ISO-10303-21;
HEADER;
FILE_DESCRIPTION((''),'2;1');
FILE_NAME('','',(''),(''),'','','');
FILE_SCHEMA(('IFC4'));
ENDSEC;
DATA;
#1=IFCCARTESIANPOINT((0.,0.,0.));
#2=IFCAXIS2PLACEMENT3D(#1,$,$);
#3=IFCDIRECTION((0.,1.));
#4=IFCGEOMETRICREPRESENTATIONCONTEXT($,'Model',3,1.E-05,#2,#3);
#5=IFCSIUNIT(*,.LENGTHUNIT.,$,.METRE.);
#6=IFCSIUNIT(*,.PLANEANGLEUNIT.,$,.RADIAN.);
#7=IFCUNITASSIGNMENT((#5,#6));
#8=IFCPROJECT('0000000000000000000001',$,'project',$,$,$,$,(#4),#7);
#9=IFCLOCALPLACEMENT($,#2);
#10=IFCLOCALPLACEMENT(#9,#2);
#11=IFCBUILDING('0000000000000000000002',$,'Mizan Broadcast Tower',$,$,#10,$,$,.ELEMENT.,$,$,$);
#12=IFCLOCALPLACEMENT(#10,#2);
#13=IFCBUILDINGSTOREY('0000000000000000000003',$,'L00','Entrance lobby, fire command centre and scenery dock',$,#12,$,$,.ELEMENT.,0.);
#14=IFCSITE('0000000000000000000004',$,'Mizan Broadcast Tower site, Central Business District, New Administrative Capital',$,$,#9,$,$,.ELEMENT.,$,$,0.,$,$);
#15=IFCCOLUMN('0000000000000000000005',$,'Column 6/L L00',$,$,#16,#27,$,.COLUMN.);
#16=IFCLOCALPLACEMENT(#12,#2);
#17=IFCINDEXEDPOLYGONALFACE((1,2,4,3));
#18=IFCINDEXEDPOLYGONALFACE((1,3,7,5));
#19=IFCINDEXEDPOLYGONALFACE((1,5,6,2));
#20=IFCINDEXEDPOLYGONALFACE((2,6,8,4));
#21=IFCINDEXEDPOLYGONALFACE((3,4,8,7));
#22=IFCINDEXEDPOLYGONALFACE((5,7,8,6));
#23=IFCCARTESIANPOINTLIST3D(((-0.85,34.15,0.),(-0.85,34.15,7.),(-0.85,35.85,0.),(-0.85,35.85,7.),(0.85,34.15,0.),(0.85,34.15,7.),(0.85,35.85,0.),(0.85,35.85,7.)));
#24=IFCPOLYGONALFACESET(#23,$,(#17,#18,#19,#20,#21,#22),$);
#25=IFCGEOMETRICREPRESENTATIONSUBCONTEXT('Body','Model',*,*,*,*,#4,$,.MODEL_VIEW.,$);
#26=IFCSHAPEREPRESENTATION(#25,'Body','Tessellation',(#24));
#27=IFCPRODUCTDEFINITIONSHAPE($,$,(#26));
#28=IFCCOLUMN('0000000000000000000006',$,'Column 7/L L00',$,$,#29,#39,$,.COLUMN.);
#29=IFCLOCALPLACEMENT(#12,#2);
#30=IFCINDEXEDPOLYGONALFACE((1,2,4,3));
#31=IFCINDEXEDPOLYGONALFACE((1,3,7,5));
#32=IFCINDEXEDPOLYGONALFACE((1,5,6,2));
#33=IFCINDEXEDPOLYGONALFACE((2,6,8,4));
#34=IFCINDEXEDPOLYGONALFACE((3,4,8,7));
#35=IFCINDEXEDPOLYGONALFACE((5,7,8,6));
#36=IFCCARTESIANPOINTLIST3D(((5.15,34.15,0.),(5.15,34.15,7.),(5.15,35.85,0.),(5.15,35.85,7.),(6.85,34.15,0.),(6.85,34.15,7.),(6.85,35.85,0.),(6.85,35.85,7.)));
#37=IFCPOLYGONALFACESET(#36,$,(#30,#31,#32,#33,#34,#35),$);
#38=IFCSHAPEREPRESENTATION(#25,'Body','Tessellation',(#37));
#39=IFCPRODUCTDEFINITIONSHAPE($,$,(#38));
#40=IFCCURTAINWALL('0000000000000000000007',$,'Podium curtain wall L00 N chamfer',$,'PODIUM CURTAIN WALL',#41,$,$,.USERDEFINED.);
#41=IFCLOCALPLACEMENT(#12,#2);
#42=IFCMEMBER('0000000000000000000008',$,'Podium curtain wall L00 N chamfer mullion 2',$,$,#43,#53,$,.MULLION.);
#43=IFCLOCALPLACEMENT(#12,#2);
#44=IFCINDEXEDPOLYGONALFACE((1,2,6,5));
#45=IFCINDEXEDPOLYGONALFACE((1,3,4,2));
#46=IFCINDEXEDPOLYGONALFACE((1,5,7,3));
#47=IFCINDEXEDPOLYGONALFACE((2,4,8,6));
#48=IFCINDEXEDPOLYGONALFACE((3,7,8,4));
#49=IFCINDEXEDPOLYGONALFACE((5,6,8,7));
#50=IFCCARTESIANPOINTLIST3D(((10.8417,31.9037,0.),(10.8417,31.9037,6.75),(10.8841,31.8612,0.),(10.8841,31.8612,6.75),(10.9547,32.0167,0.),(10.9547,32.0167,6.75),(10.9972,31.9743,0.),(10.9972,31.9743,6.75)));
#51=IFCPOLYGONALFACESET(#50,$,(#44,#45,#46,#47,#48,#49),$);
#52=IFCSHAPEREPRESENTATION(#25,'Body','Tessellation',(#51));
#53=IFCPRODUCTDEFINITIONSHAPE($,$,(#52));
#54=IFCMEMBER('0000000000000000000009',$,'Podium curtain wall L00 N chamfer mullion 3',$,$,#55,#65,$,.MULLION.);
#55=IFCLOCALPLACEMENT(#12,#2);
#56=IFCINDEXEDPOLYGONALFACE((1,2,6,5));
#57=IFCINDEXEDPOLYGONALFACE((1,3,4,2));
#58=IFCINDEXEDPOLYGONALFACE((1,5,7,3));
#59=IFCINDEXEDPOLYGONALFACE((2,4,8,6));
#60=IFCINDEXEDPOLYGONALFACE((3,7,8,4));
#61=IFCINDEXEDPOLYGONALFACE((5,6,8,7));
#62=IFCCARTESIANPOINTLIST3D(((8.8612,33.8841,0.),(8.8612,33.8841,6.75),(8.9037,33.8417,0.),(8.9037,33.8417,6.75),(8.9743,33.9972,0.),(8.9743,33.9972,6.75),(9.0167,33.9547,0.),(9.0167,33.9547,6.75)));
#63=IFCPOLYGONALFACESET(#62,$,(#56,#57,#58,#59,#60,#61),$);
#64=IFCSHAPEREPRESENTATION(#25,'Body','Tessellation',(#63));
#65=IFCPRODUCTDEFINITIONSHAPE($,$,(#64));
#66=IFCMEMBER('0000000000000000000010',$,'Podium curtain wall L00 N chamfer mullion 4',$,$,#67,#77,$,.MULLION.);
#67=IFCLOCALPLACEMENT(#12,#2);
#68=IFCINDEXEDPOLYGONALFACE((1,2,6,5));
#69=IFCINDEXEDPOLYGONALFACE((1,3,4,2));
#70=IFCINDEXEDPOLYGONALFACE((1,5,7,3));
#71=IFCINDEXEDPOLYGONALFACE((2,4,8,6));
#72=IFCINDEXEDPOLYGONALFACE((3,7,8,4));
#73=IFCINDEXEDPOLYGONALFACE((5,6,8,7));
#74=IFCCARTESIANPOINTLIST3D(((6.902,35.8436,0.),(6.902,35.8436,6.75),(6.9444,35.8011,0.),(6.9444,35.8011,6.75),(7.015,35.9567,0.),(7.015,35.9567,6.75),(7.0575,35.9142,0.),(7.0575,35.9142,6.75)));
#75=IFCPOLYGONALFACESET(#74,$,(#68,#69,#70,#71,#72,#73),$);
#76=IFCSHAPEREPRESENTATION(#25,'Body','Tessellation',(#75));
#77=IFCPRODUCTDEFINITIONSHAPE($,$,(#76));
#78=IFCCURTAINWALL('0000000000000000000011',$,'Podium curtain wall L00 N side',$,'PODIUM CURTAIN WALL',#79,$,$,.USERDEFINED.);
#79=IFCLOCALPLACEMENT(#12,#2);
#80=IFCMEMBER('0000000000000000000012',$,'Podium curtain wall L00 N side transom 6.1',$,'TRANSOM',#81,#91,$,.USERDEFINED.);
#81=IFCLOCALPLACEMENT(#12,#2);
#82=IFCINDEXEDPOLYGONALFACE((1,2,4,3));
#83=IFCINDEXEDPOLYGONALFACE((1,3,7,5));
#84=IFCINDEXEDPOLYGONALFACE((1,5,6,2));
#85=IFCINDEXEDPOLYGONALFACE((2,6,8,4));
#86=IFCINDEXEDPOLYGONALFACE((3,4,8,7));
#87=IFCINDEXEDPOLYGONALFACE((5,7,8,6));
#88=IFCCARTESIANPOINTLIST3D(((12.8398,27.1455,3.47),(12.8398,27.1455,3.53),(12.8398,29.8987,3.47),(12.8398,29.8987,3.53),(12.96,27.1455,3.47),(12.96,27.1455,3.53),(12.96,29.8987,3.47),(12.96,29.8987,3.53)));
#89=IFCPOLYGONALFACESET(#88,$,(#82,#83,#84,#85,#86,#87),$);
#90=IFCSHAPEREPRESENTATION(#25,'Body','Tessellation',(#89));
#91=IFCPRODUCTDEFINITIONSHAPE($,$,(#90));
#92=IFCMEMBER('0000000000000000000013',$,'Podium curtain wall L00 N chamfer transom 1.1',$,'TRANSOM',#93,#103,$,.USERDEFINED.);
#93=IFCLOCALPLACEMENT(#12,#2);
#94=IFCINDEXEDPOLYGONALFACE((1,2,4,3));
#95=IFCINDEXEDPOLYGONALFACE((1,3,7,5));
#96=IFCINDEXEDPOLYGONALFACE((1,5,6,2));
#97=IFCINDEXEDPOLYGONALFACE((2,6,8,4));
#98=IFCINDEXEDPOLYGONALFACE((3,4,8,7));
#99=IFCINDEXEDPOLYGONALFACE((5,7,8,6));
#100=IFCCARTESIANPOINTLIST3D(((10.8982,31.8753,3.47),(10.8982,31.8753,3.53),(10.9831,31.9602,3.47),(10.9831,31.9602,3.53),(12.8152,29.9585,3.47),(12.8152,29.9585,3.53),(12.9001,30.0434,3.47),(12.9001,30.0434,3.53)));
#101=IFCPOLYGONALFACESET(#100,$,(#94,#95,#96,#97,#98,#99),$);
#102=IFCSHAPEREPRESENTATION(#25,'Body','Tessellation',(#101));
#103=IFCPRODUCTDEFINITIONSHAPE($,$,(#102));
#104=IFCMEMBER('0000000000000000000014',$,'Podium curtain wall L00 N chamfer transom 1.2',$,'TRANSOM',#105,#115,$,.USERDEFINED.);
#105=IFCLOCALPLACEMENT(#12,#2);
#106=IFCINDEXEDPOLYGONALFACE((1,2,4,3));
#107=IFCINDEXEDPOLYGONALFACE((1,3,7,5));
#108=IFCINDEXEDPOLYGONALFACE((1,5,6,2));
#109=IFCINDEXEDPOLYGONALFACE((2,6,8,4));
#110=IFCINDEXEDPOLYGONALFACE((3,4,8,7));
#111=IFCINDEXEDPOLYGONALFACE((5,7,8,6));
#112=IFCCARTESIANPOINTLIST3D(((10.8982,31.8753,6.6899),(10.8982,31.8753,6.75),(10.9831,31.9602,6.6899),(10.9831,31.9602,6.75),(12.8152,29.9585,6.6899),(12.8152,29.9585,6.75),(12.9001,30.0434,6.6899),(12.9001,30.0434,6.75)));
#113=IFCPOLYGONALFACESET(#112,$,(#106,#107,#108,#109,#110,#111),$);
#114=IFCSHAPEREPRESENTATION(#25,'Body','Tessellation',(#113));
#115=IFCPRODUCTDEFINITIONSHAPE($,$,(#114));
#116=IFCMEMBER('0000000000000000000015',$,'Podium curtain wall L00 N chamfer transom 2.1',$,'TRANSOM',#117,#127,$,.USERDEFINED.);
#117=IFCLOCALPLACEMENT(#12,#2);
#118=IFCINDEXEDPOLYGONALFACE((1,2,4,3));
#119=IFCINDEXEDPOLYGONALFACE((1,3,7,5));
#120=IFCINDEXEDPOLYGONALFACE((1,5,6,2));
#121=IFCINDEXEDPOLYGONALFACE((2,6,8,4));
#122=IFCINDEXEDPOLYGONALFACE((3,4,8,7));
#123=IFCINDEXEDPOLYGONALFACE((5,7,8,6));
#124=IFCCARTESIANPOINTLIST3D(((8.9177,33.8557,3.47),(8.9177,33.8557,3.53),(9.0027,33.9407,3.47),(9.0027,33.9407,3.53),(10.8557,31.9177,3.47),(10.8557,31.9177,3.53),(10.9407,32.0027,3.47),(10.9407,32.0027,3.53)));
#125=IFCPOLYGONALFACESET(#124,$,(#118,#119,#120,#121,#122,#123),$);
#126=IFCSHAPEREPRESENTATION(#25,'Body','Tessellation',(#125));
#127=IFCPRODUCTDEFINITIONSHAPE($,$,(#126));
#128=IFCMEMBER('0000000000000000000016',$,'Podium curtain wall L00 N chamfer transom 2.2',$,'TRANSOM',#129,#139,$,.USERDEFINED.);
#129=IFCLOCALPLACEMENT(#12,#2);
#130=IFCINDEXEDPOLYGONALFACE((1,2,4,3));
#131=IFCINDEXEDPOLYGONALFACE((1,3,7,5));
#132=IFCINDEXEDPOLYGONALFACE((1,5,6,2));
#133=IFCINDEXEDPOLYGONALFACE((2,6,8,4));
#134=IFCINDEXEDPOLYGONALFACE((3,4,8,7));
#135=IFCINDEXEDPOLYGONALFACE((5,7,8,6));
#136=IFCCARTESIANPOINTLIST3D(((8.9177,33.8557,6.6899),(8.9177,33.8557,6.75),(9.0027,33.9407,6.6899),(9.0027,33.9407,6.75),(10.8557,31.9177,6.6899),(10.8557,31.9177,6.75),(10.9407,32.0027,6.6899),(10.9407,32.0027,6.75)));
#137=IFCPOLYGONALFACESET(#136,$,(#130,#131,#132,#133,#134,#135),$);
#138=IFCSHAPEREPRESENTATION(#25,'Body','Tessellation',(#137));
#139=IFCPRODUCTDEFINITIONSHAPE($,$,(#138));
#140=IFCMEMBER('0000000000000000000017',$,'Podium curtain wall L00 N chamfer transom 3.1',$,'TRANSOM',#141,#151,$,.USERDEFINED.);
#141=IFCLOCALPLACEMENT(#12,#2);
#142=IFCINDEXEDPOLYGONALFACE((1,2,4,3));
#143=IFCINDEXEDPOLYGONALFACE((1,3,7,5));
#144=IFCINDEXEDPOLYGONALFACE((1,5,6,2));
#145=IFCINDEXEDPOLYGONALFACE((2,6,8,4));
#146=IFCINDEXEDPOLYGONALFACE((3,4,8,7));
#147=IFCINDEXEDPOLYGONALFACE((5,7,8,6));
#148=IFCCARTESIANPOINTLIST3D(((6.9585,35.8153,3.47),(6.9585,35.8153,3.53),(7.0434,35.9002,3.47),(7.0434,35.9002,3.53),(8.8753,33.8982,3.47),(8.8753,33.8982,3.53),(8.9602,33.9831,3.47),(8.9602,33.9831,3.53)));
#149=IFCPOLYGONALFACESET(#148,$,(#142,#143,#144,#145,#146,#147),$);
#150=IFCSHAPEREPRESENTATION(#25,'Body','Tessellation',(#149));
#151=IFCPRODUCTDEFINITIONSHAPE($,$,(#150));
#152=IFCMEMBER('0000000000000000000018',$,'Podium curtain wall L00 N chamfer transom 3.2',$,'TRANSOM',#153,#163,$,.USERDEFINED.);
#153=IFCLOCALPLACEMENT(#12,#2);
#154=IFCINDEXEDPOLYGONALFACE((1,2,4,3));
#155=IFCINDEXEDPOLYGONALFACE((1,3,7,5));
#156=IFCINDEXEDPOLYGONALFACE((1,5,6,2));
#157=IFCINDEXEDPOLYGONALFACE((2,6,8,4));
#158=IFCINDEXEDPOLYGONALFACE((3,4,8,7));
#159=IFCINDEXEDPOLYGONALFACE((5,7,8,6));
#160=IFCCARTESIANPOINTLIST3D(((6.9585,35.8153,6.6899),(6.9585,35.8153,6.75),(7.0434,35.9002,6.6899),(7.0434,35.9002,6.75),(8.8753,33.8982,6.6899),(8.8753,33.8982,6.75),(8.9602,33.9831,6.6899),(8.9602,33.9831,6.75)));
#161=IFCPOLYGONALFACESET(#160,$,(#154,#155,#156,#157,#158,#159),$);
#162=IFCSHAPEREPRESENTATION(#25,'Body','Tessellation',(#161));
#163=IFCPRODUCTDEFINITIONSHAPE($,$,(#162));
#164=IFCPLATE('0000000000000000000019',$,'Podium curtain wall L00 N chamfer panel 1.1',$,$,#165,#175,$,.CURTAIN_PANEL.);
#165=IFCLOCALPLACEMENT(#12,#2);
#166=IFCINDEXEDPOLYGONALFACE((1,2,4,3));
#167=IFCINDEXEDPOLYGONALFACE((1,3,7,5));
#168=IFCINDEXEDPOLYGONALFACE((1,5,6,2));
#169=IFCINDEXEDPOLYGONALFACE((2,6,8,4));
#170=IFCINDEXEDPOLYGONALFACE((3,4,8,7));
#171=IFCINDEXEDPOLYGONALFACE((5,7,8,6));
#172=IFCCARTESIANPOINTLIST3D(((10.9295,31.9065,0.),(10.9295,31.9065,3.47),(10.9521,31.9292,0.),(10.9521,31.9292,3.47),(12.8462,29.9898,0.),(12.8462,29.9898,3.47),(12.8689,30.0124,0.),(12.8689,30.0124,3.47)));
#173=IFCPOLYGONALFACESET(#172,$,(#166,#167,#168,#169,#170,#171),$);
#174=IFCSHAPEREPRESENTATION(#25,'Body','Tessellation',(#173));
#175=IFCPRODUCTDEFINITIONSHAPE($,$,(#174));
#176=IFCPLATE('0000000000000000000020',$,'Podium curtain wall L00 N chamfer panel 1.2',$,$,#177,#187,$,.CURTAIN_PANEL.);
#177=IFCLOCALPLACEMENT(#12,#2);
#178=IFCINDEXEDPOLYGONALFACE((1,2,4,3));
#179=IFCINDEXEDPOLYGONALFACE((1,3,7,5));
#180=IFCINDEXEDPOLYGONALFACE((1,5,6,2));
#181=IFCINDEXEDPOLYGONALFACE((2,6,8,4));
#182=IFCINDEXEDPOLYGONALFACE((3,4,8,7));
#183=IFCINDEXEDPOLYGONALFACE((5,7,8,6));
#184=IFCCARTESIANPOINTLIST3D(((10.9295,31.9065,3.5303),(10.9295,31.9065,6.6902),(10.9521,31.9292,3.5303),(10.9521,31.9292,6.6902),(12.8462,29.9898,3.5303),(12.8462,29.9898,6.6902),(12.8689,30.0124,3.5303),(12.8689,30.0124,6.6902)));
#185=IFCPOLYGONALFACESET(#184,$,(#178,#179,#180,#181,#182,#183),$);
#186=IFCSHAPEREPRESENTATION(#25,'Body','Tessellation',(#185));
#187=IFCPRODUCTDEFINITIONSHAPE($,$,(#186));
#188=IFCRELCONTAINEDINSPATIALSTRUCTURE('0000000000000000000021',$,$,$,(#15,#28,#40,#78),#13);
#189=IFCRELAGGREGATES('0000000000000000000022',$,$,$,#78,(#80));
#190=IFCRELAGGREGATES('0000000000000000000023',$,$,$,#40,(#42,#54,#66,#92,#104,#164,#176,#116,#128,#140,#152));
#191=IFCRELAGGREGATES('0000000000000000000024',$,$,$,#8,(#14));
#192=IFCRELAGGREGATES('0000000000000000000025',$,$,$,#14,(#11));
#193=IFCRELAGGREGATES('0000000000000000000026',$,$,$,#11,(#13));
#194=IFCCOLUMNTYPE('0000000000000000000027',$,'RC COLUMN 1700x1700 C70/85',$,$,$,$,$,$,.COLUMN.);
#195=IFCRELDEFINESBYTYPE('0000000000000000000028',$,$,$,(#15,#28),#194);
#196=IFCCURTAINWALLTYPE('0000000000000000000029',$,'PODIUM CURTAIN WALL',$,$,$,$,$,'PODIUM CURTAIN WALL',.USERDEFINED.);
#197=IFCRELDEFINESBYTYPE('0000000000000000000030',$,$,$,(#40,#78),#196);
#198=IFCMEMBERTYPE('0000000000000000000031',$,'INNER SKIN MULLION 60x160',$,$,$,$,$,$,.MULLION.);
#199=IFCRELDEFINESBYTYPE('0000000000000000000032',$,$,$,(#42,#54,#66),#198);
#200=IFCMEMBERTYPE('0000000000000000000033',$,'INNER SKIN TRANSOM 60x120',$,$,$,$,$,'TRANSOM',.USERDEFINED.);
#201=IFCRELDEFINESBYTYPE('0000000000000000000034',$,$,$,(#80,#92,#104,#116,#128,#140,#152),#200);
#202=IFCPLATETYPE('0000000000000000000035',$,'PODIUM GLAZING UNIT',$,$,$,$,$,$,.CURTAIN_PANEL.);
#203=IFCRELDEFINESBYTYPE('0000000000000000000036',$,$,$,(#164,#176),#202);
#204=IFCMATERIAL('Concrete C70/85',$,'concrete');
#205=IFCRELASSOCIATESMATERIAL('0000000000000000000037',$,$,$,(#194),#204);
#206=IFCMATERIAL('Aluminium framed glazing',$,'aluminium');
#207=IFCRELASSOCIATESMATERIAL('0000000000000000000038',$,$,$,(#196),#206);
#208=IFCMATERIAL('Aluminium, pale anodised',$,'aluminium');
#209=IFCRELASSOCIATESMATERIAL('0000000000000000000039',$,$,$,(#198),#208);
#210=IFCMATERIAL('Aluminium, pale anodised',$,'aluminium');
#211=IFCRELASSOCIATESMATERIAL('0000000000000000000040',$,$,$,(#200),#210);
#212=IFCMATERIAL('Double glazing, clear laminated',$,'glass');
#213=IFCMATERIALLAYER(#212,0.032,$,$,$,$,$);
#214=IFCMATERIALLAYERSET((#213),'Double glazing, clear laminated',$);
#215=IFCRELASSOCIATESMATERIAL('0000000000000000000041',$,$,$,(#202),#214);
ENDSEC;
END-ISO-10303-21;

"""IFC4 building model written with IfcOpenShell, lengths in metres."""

from ifc_helpers import new_model, si_unit, direction, frame, origin, origin_2d, place, context, subcontext, project, spatial, rectangle, extrude, material, layer, layer_set, material_profile, profile_set, type_object, element, aggregate, save


model = new_model("IFC4")

# Units and contexts
model_context = context("Model", 3, precision=1e-05, world=origin(), true_north=direction((0.0, 1.0)))
body_context = subcontext(model_context, "Body", "Model", "MODEL_VIEW")
ifc_project = project(units=[si_unit("LENGTHUNIT", "METRE"), si_unit("PLANEANGLEUNIT", "RADIAN")], contexts=[model_context])

# Site, building, storey
site_placement = place(None, origin())
site = spatial("IfcSite", under=ifc_project, at=site_placement, Name="Mizan Broadcast Tower site, Central Business District, New Administrative Capital", CompositionType="ELEMENT", RefElevation=0.0)
building_placement = place(site_placement, origin())
building = spatial("IfcBuilding", under=site, at=building_placement, Name="Mizan Broadcast Tower", CompositionType="ELEMENT")
storey_placement = place(building_placement, origin())
storey = spatial("IfcBuildingStorey", under=building, at=storey_placement, Name="L00", Description="Entrance lobby, fire command centre and scenery dock", CompositionType="ELEMENT", Elevation=0.0)

# Columns
ifc_material_1 = material(Name="Concrete C70/85", Category="concrete")
ifc_material_profile_1 = material_profile(ifc_material_1, rectangle(XDim=1.7, YDim=1.7, at=origin_2d()), Name="RC 1700x1700")
ifc_profile_set_1 = profile_set([ifc_material_profile_1], Name="Concrete C70/85")
column_type = type_object("IfcColumnType", Name="RC COLUMN 1700x1700 C70/85", PredefinedType="COLUMN", material=ifc_profile_set_1)
for number, where, z_axis, x_axis, name in (
    (1, (0.0, 35.0, 0.0), (0.0, 0.0, 1.0), (1.0, 0.0, 0.0), "Column 6/L L00"),
    (2, (6.0, 35.0, 0.0), (0.0, 0.0, 1.0), (1.0, 0.0, 0.0), "Column 7/L L00"),
):
    element("IfcColumn", number, at=place(storey_placement, frame(where, z_axis=z_axis, x_axis=x_axis)), inside=storey, type_object=column_type, Name=name, PredefinedType="COLUMN", context=body_context, shape_type="SweptSolid", body=[
        extrude(rectangle(XDim=1.7, YDim=1.7, at=origin_2d()), origin(), (0.0, 0.0, 1.0), 7.0),
    ])

# Curtain wall, members
ifc_material_2 = material(Name="Aluminium framed glazing", Category="aluminium")
curtain_wall_type = type_object("IfcCurtainWallType", Name="PODIUM CURTAIN WALL", ElementType="PODIUM CURTAIN WALL", PredefinedType="USERDEFINED", material=ifc_material_2)
curtain_wall_1_placement = place(storey_placement, origin())
curtain_wall_1 = element("IfcCurtainWall", 3, at=curtain_wall_1_placement, inside=storey, type_object=curtain_wall_type, Name="Podium curtain wall L00 N chamfer", ObjectType="PODIUM CURTAIN WALL", PredefinedType="USERDEFINED")
ifc_material_3 = material(Name="Aluminium, pale anodised", Category="aluminium")
ifc_material_profile_2 = material_profile(ifc_material_3, rectangle(XDim=0.1599, YDim=0.0601, at=origin_2d()), Name="MULLION 160x60")
ifc_profile_set_2 = profile_set([ifc_material_profile_2], Name="Aluminium, pale anodised")
member_type_1 = type_object("IfcMemberType", Name="INNER SKIN MULLION 60x160", PredefinedType="MULLION", material=ifc_profile_set_2)
member_1_placement = place(storey_placement, frame((10.9194, 31.939, 0.0), z_axis=(0.0, 0.0, 1.0), x_axis=(-0.707107, -0.707107, 0.0)))
member_1 = element("IfcMember", 4, at=member_1_placement, type_object=member_type_1, Name="Podium curtain wall L00 N chamfer mullion 2", PredefinedType="MULLION", context=body_context, shape_type="SweptSolid", body=[
    extrude(rectangle(XDim=0.1599, YDim=0.0601, at=origin_2d()), origin(), (0.0, 0.0, 1.0), 6.75),
])
member_2_placement = place(storey_placement, frame((8.939, 33.9194, 0.0), z_axis=(0.0, 0.0, 1.0), x_axis=(-0.707107, -0.707107, 0.0)))
member_2 = element("IfcMember", 5, at=member_2_placement, type_object=member_type_1, Name="Podium curtain wall L00 N chamfer mullion 3", PredefinedType="MULLION", context=body_context, shape_type="SweptSolid", body=[
    extrude(rectangle(XDim=0.1599, YDim=0.0601, at=origin_2d()), origin(), (0.0, 0.0, 1.0), 6.75),
])
member_3_placement = place(storey_placement, frame((6.9797, 35.8789, 0.0), z_axis=(0.0, 0.0, 1.0), x_axis=(-0.707107, -0.707107, 0.0)))
member_3 = element("IfcMember", 6, at=member_3_placement, type_object=member_type_1, Name="Podium curtain wall L00 N chamfer mullion 4", PredefinedType="MULLION", context=body_context, shape_type="SweptSolid", body=[
    extrude(rectangle(XDim=0.1599, YDim=0.0601, at=origin_2d()), origin(), (0.0, 0.0, 1.0), 6.75),
])

# Curtain wall, member
curtain_wall_2_placement = place(storey_placement, origin())
curtain_wall_2 = element("IfcCurtainWall", 7, at=curtain_wall_2_placement, inside=storey, type_object=curtain_wall_type, Name="Podium curtain wall L00 N side", ObjectType="PODIUM CURTAIN WALL", PredefinedType="USERDEFINED")
ifc_material_4 = material(Name="Aluminium, pale anodised", Category="aluminium")
ifc_material_profile_3 = material_profile(ifc_material_4, rectangle(XDim=0.1201, YDim=0.0601, at=origin_2d()), Name="TRANSOM 120x60")
ifc_profile_set_3 = profile_set([ifc_material_profile_3], Name="Aluminium, pale anodised")
member_type_2 = type_object("IfcMemberType", Name="INNER SKIN TRANSOM 60x120", ElementType="TRANSOM", PredefinedType="USERDEFINED", material=ifc_profile_set_3)
member_4_placement = place(storey_placement, frame((12.8999, 27.1455, 3.5), z_axis=(0.0, 1.0, 0.0), x_axis=(-1.0, 0.0, 0.0)))
member_4 = element("IfcMember", 8, at=member_4_placement, type_object=member_type_2, Name="Podium curtain wall L00 N side transom 6.1", ObjectType="TRANSOM", PredefinedType="USERDEFINED", context=body_context, shape_type="SweptSolid", body=[
    extrude(rectangle(XDim=0.1201, YDim=0.0601, at=origin_2d()), origin(), (0.0, 0.0, 1.0), 2.7532),
])
aggregate(curtain_wall_2, [member_4])

# Members
member_5_placement = place(storey_placement, frame((12.8577, 30.001, 3.5), z_axis=(-0.707152, 0.707062, 0.0), x_axis=(-0.707062, -0.707152, 0.0)))
member_5 = element("IfcMember", 9, at=member_5_placement, type_object=member_type_2, Name="Podium curtain wall L00 N chamfer transom 1.1", ObjectType="TRANSOM", PredefinedType="USERDEFINED", context=body_context, shape_type="SweptSolid", body=[
    extrude(rectangle(XDim=0.1201, YDim=0.0601, at=origin_2d()), origin(), (0.0, 0.0, 1.0), 2.7109),
])
member_6_placement = place(storey_placement, frame((12.8577, 30.001, 6.72), z_axis=(-0.707152, 0.707062, 0.0), x_axis=(-0.707062, -0.707152, 0.0)))
member_6 = element("IfcMember", 10, at=member_6_placement, type_object=member_type_2, Name="Podium curtain wall L00 N chamfer transom 1.2", ObjectType="TRANSOM", PredefinedType="USERDEFINED", context=body_context, shape_type="SweptSolid", body=[
    extrude(rectangle(XDim=0.1201, YDim=0.0601, at=origin_2d()), origin(), (0.0, 0.0, 1.0), 2.7109),
])
member_7_placement = place(storey_placement, frame((10.8982, 31.9602, 3.5), z_axis=(-0.707107, 0.707107, 0.0), x_axis=(-0.707107, -0.707107, 0.0)))
member_7 = element("IfcMember", 11, at=member_7_placement, type_object=member_type_2, Name="Podium curtain wall L00 N chamfer transom 2.1", ObjectType="TRANSOM", PredefinedType="USERDEFINED", context=body_context, shape_type="SweptSolid", body=[
    extrude(rectangle(XDim=0.1201, YDim=0.0601, at=origin_2d()), origin(), (0.0, 0.0, 1.0), 2.7407),
])
member_8_placement = place(storey_placement, frame((10.8982, 31.9602, 6.72), z_axis=(-0.707107, 0.707107, 0.0), x_axis=(-0.707107, -0.707107, 0.0)))
member_8 = element("IfcMember", 12, at=member_8_placement, type_object=member_type_2, Name="Podium curtain wall L00 N chamfer transom 2.2", ObjectType="TRANSOM", PredefinedType="USERDEFINED", context=body_context, shape_type="SweptSolid", body=[
    extrude(rectangle(XDim=0.1201, YDim=0.0601, at=origin_2d()), origin(), (0.0, 0.0, 1.0), 2.7407),
])
member_9_placement = place(storey_placement, frame((8.9177, 33.9407, 3.5), z_axis=(-0.707062, 0.707152, 0.0), x_axis=(-0.707152, -0.707062, 0.0)))
member_9 = element("IfcMember", 13, at=member_9_placement, type_object=member_type_2, Name="Podium curtain wall L00 N chamfer transom 3.1", ObjectType="TRANSOM", PredefinedType="USERDEFINED", context=body_context, shape_type="SweptSolid", body=[
    extrude(rectangle(XDim=0.1201, YDim=0.0601, at=origin_2d()), origin(), (0.0, 0.0, 1.0), 2.7109),
])
member_10_placement = place(storey_placement, frame((8.9177, 33.9407, 6.72), z_axis=(-0.707062, 0.707152, 0.0), x_axis=(-0.707152, -0.707062, 0.0)))
member_10 = element("IfcMember", 14, at=member_10_placement, type_object=member_type_2, Name="Podium curtain wall L00 N chamfer transom 3.2", ObjectType="TRANSOM", PredefinedType="USERDEFINED", context=body_context, shape_type="SweptSolid", body=[
    extrude(rectangle(XDim=0.1201, YDim=0.0601, at=origin_2d()), origin(), (0.0, 0.0, 1.0), 2.7109),
])

# Plates
ifc_material_5 = material(Name="Double glazing, clear laminated", Category="glass")
ifc_layer_1 = layer(ifc_material_5, 0.032)
ifc_layer_set_1 = layer_set([ifc_layer_1], Name="Double glazing, clear laminated")
plate_type = type_object("IfcPlateType", Name="PODIUM GLAZING UNIT", PredefinedType="CURTAIN_PANEL", material=ifc_layer_set_1)
plate_1_placement = place(storey_placement, frame((11.8992, 30.9595, 0.0), z_axis=(0.0, 0.0, 1.0), x_axis=(-0.707107, 0.707107, 0.0)))
plate_1 = element("IfcPlate", 15, at=plate_1_placement, type_object=plate_type, Name="Podium curtain wall L00 N chamfer panel 1.1", PredefinedType="CURTAIN_PANEL", context=body_context, shape_type="SweptSolid", body=[
    extrude(rectangle(XDim=2.7107, YDim=0.032, at=origin_2d()), origin(), (0.0, 0.0, 1.0), 3.47),
])
plate_2_placement = place(storey_placement, frame((11.8992, 30.9595, 3.5303), z_axis=(0.0, 0.0, 1.0), x_axis=(-0.707107, 0.707107, 0.0)))
plate_2 = element("IfcPlate", 16, at=plate_2_placement, type_object=plate_type, Name="Podium curtain wall L00 N chamfer panel 1.2", PredefinedType="CURTAIN_PANEL", context=body_context, shape_type="SweptSolid", body=[
    extrude(rectangle(XDim=2.7107, YDim=0.032, at=origin_2d()), origin(), (0.0, 0.0, 1.0), 3.1599),
])
aggregate(curtain_wall_1, [member_1, member_2, member_3, member_5, member_6, plate_1, plate_2, member_7, member_8, member_9, member_10])

save(model, "model.ifc")
